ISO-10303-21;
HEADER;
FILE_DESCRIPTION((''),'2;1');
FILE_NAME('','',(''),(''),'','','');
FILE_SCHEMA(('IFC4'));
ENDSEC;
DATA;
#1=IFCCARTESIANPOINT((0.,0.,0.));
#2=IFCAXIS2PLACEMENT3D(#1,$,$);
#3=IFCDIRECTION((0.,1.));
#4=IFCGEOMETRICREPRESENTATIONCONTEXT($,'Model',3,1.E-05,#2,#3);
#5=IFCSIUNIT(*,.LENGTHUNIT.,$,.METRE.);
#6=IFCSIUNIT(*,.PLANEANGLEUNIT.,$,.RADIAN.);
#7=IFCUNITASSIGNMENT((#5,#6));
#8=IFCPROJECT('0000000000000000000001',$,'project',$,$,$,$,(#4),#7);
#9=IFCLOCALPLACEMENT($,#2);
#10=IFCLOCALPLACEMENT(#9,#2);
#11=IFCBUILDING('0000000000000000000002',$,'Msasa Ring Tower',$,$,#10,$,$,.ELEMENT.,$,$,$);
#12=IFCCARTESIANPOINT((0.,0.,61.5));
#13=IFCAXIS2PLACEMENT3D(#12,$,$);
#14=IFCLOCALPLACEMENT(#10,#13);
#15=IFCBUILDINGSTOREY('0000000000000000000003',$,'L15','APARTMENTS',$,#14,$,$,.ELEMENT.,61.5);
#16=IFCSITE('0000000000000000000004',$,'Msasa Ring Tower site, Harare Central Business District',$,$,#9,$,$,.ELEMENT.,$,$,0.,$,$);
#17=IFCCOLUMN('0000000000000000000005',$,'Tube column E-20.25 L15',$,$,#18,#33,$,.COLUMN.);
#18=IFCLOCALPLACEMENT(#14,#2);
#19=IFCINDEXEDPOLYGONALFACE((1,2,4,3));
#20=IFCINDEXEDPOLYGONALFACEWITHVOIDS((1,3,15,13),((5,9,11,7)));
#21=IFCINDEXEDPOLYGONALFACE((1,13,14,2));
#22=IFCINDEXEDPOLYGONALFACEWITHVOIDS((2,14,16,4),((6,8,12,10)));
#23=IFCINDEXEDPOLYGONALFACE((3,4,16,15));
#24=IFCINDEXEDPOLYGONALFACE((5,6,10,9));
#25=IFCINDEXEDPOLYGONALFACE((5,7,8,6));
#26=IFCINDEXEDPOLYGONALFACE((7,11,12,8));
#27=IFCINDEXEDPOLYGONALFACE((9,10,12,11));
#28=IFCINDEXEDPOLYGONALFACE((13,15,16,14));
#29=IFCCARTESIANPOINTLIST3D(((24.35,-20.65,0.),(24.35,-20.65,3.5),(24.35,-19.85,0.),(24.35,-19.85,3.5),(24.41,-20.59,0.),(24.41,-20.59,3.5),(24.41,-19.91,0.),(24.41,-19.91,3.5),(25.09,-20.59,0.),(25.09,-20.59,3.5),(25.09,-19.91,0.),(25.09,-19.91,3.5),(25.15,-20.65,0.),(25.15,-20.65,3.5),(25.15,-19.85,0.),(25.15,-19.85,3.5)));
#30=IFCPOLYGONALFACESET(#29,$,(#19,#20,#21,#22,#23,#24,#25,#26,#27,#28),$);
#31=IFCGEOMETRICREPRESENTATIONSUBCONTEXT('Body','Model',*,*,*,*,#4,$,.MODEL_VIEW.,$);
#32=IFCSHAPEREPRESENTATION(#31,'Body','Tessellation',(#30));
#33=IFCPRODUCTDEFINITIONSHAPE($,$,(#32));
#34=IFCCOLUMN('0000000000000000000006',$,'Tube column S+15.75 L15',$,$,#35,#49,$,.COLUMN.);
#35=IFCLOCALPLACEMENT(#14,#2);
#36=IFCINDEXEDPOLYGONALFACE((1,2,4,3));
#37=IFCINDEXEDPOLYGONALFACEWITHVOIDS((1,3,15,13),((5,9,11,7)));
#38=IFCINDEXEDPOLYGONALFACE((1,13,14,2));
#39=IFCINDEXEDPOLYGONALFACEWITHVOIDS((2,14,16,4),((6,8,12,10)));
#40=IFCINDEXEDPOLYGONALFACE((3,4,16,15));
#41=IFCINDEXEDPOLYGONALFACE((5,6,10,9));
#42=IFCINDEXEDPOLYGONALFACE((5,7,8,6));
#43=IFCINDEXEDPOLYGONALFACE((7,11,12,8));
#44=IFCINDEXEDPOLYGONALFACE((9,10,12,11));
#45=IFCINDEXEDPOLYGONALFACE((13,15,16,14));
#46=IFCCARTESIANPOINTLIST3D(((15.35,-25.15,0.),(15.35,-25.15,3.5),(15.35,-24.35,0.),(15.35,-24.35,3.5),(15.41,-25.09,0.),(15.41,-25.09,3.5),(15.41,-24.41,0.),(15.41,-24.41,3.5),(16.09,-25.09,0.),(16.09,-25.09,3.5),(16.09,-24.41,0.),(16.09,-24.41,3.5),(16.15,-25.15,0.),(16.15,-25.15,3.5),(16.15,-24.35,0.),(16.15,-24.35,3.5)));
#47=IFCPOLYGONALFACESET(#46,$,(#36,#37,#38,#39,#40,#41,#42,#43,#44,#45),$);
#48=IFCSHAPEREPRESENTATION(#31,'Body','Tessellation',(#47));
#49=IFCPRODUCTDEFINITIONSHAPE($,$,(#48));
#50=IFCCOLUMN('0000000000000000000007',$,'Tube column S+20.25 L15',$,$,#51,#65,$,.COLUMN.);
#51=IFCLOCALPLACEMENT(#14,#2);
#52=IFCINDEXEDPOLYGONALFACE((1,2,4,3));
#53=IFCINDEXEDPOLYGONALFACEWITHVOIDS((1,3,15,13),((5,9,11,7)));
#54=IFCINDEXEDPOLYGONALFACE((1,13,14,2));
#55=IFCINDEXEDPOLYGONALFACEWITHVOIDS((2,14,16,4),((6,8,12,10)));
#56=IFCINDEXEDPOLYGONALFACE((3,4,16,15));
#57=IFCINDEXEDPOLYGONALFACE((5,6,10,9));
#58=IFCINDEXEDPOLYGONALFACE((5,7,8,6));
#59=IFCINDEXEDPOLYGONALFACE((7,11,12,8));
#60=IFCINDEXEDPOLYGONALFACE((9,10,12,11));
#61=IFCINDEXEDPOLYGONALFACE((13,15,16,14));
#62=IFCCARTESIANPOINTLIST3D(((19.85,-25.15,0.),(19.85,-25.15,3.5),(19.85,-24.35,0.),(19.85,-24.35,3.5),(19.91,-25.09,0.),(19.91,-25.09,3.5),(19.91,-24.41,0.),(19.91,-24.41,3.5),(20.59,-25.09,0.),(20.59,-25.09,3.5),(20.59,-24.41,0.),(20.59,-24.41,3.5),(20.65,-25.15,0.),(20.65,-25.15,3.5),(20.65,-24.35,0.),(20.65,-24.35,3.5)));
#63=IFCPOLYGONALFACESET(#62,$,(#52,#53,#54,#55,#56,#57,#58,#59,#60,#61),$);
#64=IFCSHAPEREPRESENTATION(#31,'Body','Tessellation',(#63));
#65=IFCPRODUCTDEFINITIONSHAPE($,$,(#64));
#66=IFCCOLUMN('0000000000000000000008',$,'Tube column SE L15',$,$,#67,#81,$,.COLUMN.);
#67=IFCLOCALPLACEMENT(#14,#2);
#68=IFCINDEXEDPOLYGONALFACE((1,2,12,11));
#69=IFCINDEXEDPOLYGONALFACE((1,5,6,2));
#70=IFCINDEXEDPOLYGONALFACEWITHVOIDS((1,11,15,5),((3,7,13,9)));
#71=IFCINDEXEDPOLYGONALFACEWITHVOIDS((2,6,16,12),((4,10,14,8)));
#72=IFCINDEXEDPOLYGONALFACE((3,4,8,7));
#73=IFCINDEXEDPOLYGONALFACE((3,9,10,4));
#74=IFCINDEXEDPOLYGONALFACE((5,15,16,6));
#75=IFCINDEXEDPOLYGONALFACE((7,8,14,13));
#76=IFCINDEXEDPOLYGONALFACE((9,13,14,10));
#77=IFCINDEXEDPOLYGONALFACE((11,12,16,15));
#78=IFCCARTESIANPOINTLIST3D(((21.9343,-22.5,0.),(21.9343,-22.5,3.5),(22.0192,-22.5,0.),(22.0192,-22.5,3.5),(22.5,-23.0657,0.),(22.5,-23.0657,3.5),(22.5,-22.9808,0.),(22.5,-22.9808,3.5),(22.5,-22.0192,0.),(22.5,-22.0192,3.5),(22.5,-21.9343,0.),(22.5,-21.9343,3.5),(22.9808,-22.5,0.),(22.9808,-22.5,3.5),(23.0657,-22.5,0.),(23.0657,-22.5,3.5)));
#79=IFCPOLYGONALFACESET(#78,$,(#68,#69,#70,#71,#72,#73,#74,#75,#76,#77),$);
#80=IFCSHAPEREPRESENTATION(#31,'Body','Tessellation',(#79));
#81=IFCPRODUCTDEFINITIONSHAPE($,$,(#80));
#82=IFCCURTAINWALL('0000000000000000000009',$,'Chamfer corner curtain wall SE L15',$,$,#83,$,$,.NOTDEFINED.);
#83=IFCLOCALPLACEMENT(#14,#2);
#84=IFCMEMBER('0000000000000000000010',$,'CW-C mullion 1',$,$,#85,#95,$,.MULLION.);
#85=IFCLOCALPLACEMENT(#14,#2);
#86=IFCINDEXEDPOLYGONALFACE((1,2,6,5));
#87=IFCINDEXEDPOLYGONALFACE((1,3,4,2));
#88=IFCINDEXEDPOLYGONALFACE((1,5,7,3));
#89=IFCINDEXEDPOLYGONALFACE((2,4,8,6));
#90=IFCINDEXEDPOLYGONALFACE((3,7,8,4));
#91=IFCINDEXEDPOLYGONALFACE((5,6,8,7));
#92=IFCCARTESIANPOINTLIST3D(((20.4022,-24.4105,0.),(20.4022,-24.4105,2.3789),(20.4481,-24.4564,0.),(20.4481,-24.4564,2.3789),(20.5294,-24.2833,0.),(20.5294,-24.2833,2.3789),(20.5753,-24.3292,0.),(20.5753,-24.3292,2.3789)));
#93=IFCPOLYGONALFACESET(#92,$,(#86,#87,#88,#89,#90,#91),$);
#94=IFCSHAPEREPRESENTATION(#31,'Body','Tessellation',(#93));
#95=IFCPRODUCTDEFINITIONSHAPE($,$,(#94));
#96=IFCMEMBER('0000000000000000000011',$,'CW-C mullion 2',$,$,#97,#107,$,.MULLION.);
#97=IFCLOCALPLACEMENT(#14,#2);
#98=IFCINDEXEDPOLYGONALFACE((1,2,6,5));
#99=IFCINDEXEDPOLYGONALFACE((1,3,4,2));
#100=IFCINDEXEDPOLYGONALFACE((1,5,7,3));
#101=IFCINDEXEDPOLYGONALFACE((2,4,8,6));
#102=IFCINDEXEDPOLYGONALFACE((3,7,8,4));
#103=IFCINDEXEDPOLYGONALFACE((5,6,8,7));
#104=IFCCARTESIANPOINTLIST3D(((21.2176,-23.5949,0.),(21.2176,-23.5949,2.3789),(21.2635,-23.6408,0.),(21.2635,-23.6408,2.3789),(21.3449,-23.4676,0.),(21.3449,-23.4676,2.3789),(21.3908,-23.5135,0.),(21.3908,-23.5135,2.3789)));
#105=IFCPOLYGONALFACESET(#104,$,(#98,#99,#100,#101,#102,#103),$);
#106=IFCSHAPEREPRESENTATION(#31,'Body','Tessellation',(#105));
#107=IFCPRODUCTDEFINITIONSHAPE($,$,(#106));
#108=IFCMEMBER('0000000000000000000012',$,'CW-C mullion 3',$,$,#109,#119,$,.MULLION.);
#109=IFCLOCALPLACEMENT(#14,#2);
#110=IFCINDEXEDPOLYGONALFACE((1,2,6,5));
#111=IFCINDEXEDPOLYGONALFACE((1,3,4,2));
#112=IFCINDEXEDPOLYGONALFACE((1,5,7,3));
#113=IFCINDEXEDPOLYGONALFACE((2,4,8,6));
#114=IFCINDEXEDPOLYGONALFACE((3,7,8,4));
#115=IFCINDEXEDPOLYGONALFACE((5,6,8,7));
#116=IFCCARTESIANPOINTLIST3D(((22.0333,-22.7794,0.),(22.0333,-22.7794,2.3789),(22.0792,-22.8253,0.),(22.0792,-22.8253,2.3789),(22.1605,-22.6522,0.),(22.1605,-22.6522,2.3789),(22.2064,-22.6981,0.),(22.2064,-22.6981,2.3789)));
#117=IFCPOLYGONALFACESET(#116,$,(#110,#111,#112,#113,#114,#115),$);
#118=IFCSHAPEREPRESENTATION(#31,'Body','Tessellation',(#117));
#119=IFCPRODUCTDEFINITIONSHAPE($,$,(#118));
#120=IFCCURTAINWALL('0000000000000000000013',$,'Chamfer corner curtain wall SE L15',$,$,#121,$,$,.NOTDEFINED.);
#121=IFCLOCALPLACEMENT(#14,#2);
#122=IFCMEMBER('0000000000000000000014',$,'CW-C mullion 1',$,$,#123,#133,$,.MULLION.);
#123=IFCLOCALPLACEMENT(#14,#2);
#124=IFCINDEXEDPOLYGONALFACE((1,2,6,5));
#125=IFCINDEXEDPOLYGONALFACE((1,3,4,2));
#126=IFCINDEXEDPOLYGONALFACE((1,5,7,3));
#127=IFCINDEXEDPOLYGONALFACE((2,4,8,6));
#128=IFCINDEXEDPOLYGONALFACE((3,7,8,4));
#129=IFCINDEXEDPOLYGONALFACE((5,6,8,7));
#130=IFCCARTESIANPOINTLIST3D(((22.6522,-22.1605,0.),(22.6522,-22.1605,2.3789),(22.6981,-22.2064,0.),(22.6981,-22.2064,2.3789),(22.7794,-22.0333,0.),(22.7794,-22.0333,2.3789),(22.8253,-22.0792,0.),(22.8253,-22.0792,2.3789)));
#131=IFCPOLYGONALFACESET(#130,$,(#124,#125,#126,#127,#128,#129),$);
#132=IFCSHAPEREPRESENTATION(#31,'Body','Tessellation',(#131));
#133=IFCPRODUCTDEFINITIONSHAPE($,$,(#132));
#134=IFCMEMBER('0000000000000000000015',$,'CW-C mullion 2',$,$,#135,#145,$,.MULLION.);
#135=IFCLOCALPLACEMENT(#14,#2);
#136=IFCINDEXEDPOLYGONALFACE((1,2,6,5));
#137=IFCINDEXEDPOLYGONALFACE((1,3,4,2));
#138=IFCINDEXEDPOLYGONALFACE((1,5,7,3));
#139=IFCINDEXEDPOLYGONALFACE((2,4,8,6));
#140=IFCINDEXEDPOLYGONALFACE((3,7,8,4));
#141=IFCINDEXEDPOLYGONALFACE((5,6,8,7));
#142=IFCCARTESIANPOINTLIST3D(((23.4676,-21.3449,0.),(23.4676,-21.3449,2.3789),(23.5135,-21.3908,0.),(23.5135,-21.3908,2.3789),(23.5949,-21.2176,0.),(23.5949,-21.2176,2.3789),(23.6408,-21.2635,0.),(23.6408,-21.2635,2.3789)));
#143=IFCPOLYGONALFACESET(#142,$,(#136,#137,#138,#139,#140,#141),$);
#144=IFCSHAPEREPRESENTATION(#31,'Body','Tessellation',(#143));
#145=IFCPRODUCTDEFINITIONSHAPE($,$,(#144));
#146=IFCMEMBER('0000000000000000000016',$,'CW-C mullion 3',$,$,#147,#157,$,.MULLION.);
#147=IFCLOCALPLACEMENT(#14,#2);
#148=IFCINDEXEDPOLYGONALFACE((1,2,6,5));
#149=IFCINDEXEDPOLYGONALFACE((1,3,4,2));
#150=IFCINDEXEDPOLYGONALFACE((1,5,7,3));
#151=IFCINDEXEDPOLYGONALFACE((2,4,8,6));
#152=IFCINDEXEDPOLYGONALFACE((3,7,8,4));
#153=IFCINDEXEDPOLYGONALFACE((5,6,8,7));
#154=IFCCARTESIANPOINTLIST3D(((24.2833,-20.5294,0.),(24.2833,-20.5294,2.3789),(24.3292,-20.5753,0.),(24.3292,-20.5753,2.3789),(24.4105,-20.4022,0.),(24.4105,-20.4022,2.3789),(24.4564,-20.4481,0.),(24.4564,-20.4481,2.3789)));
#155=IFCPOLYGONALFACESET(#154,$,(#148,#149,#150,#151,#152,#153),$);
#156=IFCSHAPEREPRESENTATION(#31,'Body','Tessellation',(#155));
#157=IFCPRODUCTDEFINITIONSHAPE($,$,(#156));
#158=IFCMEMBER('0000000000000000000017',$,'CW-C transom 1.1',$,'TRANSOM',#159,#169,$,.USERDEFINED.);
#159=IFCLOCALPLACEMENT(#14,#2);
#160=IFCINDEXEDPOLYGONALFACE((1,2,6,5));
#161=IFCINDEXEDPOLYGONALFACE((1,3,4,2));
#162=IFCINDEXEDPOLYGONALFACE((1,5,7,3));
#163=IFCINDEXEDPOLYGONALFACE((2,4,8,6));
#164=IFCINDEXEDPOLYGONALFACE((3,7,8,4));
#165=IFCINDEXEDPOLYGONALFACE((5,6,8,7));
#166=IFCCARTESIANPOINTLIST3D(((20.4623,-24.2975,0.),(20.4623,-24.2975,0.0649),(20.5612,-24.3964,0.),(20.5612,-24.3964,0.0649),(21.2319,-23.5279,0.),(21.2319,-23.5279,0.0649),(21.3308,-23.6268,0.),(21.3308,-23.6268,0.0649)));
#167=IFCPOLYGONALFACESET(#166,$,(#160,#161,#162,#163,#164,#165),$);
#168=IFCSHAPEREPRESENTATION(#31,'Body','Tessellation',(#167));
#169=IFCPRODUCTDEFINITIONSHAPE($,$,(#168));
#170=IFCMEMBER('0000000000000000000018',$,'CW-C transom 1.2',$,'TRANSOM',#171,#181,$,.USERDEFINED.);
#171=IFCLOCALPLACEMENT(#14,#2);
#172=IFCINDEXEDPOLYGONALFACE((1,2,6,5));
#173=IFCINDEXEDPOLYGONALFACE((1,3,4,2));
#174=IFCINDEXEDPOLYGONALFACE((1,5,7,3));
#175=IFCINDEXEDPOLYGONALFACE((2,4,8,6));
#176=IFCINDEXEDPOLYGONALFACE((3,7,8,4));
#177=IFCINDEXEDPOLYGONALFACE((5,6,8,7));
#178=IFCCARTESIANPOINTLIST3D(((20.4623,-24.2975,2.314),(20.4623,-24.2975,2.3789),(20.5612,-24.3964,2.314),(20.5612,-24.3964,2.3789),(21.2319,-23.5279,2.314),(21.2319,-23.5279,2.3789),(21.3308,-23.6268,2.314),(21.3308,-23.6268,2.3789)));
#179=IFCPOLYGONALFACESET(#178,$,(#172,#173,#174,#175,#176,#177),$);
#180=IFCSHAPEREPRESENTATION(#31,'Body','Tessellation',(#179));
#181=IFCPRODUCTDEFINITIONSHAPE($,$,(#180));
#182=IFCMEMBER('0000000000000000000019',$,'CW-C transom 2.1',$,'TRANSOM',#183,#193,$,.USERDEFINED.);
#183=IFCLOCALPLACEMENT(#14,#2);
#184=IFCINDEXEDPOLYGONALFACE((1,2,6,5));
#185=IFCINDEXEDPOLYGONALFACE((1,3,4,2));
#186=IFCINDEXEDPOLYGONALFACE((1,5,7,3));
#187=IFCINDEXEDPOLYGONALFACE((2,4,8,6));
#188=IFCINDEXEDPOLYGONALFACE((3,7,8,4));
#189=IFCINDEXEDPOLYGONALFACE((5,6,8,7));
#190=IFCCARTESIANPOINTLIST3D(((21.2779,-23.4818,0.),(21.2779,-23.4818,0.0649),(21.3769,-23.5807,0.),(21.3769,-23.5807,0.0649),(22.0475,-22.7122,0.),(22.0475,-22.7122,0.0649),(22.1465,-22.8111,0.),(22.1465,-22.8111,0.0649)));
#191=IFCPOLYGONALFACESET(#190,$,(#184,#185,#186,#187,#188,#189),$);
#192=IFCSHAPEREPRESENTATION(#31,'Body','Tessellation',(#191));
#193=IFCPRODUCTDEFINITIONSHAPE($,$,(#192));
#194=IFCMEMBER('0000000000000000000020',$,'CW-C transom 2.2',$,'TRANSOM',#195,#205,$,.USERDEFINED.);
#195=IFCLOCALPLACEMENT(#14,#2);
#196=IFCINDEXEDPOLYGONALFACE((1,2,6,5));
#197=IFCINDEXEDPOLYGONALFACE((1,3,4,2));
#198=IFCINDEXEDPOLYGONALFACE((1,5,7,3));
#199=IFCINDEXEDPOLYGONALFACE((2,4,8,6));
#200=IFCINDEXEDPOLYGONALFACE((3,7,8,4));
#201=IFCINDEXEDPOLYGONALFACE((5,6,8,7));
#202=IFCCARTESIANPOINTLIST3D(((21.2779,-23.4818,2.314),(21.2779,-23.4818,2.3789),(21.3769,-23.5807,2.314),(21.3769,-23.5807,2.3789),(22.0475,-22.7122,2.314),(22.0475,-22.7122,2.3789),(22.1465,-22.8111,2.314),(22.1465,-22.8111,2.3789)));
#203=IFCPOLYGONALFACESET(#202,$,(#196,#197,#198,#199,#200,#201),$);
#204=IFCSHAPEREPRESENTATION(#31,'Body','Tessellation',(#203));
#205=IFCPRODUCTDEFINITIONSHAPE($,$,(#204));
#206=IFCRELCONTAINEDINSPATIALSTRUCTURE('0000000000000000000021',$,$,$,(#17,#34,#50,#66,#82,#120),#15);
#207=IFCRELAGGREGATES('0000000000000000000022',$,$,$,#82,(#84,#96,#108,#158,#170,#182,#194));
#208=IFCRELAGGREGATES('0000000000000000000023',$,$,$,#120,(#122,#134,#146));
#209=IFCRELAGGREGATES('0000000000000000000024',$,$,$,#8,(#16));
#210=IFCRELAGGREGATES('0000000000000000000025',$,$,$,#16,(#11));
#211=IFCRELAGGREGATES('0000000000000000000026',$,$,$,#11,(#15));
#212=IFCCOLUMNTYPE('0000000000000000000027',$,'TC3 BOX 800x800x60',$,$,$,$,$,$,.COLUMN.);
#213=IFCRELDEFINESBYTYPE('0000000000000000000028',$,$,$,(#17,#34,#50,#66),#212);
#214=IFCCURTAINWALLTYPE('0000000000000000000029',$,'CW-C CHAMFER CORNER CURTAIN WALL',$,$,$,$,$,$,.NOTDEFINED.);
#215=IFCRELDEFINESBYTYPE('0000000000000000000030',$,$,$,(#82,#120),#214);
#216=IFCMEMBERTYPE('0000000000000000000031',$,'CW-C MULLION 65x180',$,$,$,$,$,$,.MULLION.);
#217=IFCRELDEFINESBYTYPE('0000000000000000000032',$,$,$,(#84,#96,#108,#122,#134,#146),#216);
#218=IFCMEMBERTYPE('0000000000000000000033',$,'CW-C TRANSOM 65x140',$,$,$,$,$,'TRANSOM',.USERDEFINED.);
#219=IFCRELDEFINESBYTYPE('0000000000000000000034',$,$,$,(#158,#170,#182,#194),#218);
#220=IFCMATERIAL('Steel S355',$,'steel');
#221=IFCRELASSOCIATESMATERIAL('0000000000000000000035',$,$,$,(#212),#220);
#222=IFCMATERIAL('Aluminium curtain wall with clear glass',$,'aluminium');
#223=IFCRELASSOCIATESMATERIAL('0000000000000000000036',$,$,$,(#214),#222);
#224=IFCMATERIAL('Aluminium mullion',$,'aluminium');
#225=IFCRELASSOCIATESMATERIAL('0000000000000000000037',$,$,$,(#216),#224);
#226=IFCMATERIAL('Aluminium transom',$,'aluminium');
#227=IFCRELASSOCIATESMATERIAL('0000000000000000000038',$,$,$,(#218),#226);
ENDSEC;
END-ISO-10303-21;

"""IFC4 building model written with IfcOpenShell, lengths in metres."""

from ifc_helpers import new_model, si_unit, direction, frame, origin, origin_2d, place, context, subcontext, project, spatial, rectangle, hollow_rectangle, extrude, material, material_profile, profile_set, type_object, element, aggregate, save


model = new_model("IFC4")

# Units and contexts
model_context = context("Model", 3, precision=1e-05, world=origin(), true_north=direction((0.0, 1.0)))
body_context = subcontext(model_context, "Body", "Model", "MODEL_VIEW")
ifc_project = project(units=[si_unit("LENGTHUNIT", "METRE"), si_unit("PLANEANGLEUNIT", "RADIAN")], contexts=[model_context])

# Site, building, storey
site_placement = place(None, origin())
site = spatial("IfcSite", under=ifc_project, at=site_placement, Name="Msasa Ring Tower site, Harare Central Business District", CompositionType="ELEMENT", RefElevation=0.0)
building_placement = place(site_placement, origin())
building = spatial("IfcBuilding", under=site, at=building_placement, Name="Msasa Ring Tower", CompositionType="ELEMENT")
storey_placement = place(building_placement, frame((0.0, 0.0, 61.5)))
storey = spatial("IfcBuildingStorey", under=building, at=storey_placement, Name="L15", Description="APARTMENTS", CompositionType="ELEMENT", Elevation=61.5)

# Columns
ifc_material_1 = material(Name="Steel S355", Category="steel")
ifc_material_profile_1 = material_profile(ifc_material_1, hollow_rectangle(XDim=0.8, YDim=0.8, WallThickness=0.0601, at=origin_2d()), Name="BOX 800x800x60")
ifc_profile_set_1 = profile_set([ifc_material_profile_1], Name="Steel S355")
column_type = type_object("IfcColumnType", Name="TC3 BOX 800x800x60", PredefinedType="COLUMN", material=ifc_profile_set_1)
for number, where, z_axis, x_axis, name in (
    (1, (24.75, -20.25, 0.0), (0.0, 0.0, 1.0), (1.0, 0.0, 0.0), "Tube column E-20.25 L15"),
    (2, (15.75, -24.75, 0.0), (0.0, 0.0, 1.0), (0.0, 1.0, 0.0), "Tube column S+15.75 L15"),
    (3, (20.25, -24.75, 0.0), (0.0, 0.0, 1.0), (0.0, 1.0, 0.0), "Tube column S+20.25 L15"),
    (4, (22.5, -22.5, 0.0), (0.0, 0.0, 1.0), (0.707107, -0.707107, 0.0), "Tube column SE L15"),
):
    element("IfcColumn", number, at=place(storey_placement, frame(where, z_axis=z_axis, x_axis=x_axis)), inside=storey, type_object=column_type, Name=name, PredefinedType="COLUMN", context=body_context, shape_type="SweptSolid", body=[
        extrude(hollow_rectangle(XDim=0.8, YDim=0.8, WallThickness=0.0601, at=origin_2d()), origin(), (0.0, 0.0, 1.0), 3.5),
    ])

# Curtain walls, members
ifc_material_2 = material(Name="Aluminium curtain wall with clear glass", Category="aluminium")
curtain_wall_type = type_object("IfcCurtainWallType", Name="CW-C CHAMFER CORNER CURTAIN WALL", PredefinedType="NOTDEFINED", material=ifc_material_2)
curtain_wall_1_placement = place(storey_placement, origin())
curtain_wall_1 = element("IfcCurtainWall", 5, at=curtain_wall_1_placement, inside=storey, type_object=curtain_wall_type, Name="Chamfer corner curtain wall SE L15", PredefinedType="NOTDEFINED")
ifc_material_3 = material(Name="Aluminium mullion", Category="aluminium")
ifc_material_profile_2 = material_profile(ifc_material_3, rectangle(XDim=0.0649, YDim=0.1799, at=origin_2d()), Name="AL 65x180")
ifc_profile_set_2 = profile_set([ifc_material_profile_2], Name="Aluminium mullion")
member_type_1 = type_object("IfcMemberType", Name="CW-C MULLION 65x180", PredefinedType="MULLION", material=ifc_profile_set_2)
member_1_placement = place(storey_placement, frame((20.4888, -24.3699, 0.0), z_axis=(0.0, 0.0, 1.0), x_axis=(-0.707107, 0.707107, 0.0)))
member_1 = element("IfcMember", 6, at=member_1_placement, type_object=member_type_1, Name="CW-C mullion 1", PredefinedType="MULLION", context=body_context, shape_type="SweptSolid", body=[
    extrude(rectangle(XDim=0.0649, YDim=0.1799, at=origin_2d()), origin(), (0.0, 0.0, 1.0), 2.3789),
])
member_2_placement = place(storey_placement, frame((21.3042, -23.5542, 0.0), z_axis=(0.0, 0.0, 1.0), x_axis=(-0.707107, 0.707107, 0.0)))
member_2 = element("IfcMember", 7, at=member_2_placement, type_object=member_type_1, Name="CW-C mullion 2", PredefinedType="MULLION", context=body_context, shape_type="SweptSolid", body=[
    extrude(rectangle(XDim=0.0649, YDim=0.1799, at=origin_2d()), origin(), (0.0, 0.0, 1.0), 2.3789),
])
member_3_placement = place(storey_placement, frame((22.1199, -22.7388, 0.0), z_axis=(0.0, 0.0, 1.0), x_axis=(-0.707107, 0.707107, 0.0)))
member_3 = element("IfcMember", 8, at=member_3_placement, type_object=member_type_1, Name="CW-C mullion 3", PredefinedType="MULLION", context=body_context, shape_type="SweptSolid", body=[
    extrude(rectangle(XDim=0.0649, YDim=0.1799, at=origin_2d()), origin(), (0.0, 0.0, 1.0), 2.3789),
])
curtain_wall_2_placement = place(storey_placement, origin())
curtain_wall_2 = element("IfcCurtainWall", 9, at=curtain_wall_2_placement, inside=storey, type_object=curtain_wall_type, Name="Chamfer corner curtain wall SE L15", PredefinedType="NOTDEFINED")
member_4_placement = place(storey_placement, frame((22.7388, -22.1199, 0.0), z_axis=(0.0, 0.0, 1.0), x_axis=(-0.707107, 0.707107, 0.0)))
member_4 = element("IfcMember", 10, at=member_4_placement, type_object=member_type_1, Name="CW-C mullion 1", PredefinedType="MULLION", context=body_context, shape_type="SweptSolid", body=[
    extrude(rectangle(XDim=0.0649, YDim=0.1799, at=origin_2d()), origin(), (0.0, 0.0, 1.0), 2.3789),
])
member_5_placement = place(storey_placement, frame((23.5542, -21.3042, 0.0), z_axis=(0.0, 0.0, 1.0), x_axis=(-0.707107, 0.707107, 0.0)))
member_5 = element("IfcMember", 11, at=member_5_placement, type_object=member_type_1, Name="CW-C mullion 2", PredefinedType="MULLION", context=body_context, shape_type="SweptSolid", body=[
    extrude(rectangle(XDim=0.0649, YDim=0.1799, at=origin_2d()), origin(), (0.0, 0.0, 1.0), 2.3789),
])
member_6_placement = place(storey_placement, frame((24.3699, -20.4888, 0.0), z_axis=(0.0, 0.0, 1.0), x_axis=(-0.707107, 0.707107, 0.0)))
member_6 = element("IfcMember", 12, at=member_6_placement, type_object=member_type_1, Name="CW-C mullion 3", PredefinedType="MULLION", context=body_context, shape_type="SweptSolid", body=[
    extrude(rectangle(XDim=0.0649, YDim=0.1799, at=origin_2d()), origin(), (0.0, 0.0, 1.0), 2.3789),
])

# Members
ifc_material_4 = material(Name="Aluminium transom", Category="aluminium")
ifc_material_profile_3 = material_profile(ifc_material_4, rectangle(XDim=0.1399, YDim=0.0649, at=origin_2d()), Name="AL 65x140")
ifc_profile_set_3 = profile_set([ifc_material_profile_3], Name="Aluminium transom")
member_type_2 = type_object("IfcMemberType", Name="CW-C TRANSOM 65x140", ElementType="TRANSOM", PredefinedType="USERDEFINED", material=ifc_profile_set_3)
member_7_placement = place(storey_placement, frame((20.5117, -24.3469, 0.0325), z_axis=(0.707107, 0.707107, 0.0), x_axis=(-0.707107, 0.707107, 0.0)))
member_7 = element("IfcMember", 13, at=member_7_placement, type_object=member_type_2, Name="CW-C transom 1.1", ObjectType="TRANSOM", PredefinedType="USERDEFINED", context=body_context, shape_type="SweptSolid", body=[
    extrude(rectangle(XDim=0.1399, YDim=0.0649, at=origin_2d()), origin(), (0.0, 0.0, 1.0), 1.0884),
])
member_8_placement = place(storey_placement, frame((20.5117, -24.3469, 2.3464), z_axis=(0.707107, 0.707107, 0.0), x_axis=(-0.707107, 0.707107, 0.0)))
member_8 = element("IfcMember", 14, at=member_8_placement, type_object=member_type_2, Name="CW-C transom 1.2", ObjectType="TRANSOM", PredefinedType="USERDEFINED", context=body_context, shape_type="SweptSolid", body=[
    extrude(rectangle(XDim=0.1399, YDim=0.0649, at=origin_2d()), origin(), (0.0, 0.0, 1.0), 1.0884),
])
member_9_placement = place(storey_placement, frame((21.3274, -23.5312, 0.0325), z_axis=(0.707107, 0.707107, 0.0), x_axis=(-0.707107, 0.707107, 0.0)))
member_9 = element("IfcMember", 15, at=member_9_placement, type_object=member_type_2, Name="CW-C transom 2.1", ObjectType="TRANSOM", PredefinedType="USERDEFINED", context=body_context, shape_type="SweptSolid", body=[
    extrude(rectangle(XDim=0.1399, YDim=0.0649, at=origin_2d()), origin(), (0.0, 0.0, 1.0), 1.0884),
])
member_10_placement = place(storey_placement, frame((21.3274, -23.5312, 2.3464), z_axis=(0.707107, 0.707107, 0.0), x_axis=(-0.707107, 0.707107, 0.0)))
member_10 = element("IfcMember", 16, at=member_10_placement, type_object=member_type_2, Name="CW-C transom 2.2", ObjectType="TRANSOM", PredefinedType="USERDEFINED", context=body_context, shape_type="SweptSolid", body=[
    extrude(rectangle(XDim=0.1399, YDim=0.0649, at=origin_2d()), origin(), (0.0, 0.0, 1.0), 1.0884),
])

aggregate(curtain_wall_1, [member_1, member_2, member_3, member_7, member_8, member_9, member_10])
aggregate(curtain_wall_2, [member_4, member_5, member_6])

save(model, "model.ifc")
